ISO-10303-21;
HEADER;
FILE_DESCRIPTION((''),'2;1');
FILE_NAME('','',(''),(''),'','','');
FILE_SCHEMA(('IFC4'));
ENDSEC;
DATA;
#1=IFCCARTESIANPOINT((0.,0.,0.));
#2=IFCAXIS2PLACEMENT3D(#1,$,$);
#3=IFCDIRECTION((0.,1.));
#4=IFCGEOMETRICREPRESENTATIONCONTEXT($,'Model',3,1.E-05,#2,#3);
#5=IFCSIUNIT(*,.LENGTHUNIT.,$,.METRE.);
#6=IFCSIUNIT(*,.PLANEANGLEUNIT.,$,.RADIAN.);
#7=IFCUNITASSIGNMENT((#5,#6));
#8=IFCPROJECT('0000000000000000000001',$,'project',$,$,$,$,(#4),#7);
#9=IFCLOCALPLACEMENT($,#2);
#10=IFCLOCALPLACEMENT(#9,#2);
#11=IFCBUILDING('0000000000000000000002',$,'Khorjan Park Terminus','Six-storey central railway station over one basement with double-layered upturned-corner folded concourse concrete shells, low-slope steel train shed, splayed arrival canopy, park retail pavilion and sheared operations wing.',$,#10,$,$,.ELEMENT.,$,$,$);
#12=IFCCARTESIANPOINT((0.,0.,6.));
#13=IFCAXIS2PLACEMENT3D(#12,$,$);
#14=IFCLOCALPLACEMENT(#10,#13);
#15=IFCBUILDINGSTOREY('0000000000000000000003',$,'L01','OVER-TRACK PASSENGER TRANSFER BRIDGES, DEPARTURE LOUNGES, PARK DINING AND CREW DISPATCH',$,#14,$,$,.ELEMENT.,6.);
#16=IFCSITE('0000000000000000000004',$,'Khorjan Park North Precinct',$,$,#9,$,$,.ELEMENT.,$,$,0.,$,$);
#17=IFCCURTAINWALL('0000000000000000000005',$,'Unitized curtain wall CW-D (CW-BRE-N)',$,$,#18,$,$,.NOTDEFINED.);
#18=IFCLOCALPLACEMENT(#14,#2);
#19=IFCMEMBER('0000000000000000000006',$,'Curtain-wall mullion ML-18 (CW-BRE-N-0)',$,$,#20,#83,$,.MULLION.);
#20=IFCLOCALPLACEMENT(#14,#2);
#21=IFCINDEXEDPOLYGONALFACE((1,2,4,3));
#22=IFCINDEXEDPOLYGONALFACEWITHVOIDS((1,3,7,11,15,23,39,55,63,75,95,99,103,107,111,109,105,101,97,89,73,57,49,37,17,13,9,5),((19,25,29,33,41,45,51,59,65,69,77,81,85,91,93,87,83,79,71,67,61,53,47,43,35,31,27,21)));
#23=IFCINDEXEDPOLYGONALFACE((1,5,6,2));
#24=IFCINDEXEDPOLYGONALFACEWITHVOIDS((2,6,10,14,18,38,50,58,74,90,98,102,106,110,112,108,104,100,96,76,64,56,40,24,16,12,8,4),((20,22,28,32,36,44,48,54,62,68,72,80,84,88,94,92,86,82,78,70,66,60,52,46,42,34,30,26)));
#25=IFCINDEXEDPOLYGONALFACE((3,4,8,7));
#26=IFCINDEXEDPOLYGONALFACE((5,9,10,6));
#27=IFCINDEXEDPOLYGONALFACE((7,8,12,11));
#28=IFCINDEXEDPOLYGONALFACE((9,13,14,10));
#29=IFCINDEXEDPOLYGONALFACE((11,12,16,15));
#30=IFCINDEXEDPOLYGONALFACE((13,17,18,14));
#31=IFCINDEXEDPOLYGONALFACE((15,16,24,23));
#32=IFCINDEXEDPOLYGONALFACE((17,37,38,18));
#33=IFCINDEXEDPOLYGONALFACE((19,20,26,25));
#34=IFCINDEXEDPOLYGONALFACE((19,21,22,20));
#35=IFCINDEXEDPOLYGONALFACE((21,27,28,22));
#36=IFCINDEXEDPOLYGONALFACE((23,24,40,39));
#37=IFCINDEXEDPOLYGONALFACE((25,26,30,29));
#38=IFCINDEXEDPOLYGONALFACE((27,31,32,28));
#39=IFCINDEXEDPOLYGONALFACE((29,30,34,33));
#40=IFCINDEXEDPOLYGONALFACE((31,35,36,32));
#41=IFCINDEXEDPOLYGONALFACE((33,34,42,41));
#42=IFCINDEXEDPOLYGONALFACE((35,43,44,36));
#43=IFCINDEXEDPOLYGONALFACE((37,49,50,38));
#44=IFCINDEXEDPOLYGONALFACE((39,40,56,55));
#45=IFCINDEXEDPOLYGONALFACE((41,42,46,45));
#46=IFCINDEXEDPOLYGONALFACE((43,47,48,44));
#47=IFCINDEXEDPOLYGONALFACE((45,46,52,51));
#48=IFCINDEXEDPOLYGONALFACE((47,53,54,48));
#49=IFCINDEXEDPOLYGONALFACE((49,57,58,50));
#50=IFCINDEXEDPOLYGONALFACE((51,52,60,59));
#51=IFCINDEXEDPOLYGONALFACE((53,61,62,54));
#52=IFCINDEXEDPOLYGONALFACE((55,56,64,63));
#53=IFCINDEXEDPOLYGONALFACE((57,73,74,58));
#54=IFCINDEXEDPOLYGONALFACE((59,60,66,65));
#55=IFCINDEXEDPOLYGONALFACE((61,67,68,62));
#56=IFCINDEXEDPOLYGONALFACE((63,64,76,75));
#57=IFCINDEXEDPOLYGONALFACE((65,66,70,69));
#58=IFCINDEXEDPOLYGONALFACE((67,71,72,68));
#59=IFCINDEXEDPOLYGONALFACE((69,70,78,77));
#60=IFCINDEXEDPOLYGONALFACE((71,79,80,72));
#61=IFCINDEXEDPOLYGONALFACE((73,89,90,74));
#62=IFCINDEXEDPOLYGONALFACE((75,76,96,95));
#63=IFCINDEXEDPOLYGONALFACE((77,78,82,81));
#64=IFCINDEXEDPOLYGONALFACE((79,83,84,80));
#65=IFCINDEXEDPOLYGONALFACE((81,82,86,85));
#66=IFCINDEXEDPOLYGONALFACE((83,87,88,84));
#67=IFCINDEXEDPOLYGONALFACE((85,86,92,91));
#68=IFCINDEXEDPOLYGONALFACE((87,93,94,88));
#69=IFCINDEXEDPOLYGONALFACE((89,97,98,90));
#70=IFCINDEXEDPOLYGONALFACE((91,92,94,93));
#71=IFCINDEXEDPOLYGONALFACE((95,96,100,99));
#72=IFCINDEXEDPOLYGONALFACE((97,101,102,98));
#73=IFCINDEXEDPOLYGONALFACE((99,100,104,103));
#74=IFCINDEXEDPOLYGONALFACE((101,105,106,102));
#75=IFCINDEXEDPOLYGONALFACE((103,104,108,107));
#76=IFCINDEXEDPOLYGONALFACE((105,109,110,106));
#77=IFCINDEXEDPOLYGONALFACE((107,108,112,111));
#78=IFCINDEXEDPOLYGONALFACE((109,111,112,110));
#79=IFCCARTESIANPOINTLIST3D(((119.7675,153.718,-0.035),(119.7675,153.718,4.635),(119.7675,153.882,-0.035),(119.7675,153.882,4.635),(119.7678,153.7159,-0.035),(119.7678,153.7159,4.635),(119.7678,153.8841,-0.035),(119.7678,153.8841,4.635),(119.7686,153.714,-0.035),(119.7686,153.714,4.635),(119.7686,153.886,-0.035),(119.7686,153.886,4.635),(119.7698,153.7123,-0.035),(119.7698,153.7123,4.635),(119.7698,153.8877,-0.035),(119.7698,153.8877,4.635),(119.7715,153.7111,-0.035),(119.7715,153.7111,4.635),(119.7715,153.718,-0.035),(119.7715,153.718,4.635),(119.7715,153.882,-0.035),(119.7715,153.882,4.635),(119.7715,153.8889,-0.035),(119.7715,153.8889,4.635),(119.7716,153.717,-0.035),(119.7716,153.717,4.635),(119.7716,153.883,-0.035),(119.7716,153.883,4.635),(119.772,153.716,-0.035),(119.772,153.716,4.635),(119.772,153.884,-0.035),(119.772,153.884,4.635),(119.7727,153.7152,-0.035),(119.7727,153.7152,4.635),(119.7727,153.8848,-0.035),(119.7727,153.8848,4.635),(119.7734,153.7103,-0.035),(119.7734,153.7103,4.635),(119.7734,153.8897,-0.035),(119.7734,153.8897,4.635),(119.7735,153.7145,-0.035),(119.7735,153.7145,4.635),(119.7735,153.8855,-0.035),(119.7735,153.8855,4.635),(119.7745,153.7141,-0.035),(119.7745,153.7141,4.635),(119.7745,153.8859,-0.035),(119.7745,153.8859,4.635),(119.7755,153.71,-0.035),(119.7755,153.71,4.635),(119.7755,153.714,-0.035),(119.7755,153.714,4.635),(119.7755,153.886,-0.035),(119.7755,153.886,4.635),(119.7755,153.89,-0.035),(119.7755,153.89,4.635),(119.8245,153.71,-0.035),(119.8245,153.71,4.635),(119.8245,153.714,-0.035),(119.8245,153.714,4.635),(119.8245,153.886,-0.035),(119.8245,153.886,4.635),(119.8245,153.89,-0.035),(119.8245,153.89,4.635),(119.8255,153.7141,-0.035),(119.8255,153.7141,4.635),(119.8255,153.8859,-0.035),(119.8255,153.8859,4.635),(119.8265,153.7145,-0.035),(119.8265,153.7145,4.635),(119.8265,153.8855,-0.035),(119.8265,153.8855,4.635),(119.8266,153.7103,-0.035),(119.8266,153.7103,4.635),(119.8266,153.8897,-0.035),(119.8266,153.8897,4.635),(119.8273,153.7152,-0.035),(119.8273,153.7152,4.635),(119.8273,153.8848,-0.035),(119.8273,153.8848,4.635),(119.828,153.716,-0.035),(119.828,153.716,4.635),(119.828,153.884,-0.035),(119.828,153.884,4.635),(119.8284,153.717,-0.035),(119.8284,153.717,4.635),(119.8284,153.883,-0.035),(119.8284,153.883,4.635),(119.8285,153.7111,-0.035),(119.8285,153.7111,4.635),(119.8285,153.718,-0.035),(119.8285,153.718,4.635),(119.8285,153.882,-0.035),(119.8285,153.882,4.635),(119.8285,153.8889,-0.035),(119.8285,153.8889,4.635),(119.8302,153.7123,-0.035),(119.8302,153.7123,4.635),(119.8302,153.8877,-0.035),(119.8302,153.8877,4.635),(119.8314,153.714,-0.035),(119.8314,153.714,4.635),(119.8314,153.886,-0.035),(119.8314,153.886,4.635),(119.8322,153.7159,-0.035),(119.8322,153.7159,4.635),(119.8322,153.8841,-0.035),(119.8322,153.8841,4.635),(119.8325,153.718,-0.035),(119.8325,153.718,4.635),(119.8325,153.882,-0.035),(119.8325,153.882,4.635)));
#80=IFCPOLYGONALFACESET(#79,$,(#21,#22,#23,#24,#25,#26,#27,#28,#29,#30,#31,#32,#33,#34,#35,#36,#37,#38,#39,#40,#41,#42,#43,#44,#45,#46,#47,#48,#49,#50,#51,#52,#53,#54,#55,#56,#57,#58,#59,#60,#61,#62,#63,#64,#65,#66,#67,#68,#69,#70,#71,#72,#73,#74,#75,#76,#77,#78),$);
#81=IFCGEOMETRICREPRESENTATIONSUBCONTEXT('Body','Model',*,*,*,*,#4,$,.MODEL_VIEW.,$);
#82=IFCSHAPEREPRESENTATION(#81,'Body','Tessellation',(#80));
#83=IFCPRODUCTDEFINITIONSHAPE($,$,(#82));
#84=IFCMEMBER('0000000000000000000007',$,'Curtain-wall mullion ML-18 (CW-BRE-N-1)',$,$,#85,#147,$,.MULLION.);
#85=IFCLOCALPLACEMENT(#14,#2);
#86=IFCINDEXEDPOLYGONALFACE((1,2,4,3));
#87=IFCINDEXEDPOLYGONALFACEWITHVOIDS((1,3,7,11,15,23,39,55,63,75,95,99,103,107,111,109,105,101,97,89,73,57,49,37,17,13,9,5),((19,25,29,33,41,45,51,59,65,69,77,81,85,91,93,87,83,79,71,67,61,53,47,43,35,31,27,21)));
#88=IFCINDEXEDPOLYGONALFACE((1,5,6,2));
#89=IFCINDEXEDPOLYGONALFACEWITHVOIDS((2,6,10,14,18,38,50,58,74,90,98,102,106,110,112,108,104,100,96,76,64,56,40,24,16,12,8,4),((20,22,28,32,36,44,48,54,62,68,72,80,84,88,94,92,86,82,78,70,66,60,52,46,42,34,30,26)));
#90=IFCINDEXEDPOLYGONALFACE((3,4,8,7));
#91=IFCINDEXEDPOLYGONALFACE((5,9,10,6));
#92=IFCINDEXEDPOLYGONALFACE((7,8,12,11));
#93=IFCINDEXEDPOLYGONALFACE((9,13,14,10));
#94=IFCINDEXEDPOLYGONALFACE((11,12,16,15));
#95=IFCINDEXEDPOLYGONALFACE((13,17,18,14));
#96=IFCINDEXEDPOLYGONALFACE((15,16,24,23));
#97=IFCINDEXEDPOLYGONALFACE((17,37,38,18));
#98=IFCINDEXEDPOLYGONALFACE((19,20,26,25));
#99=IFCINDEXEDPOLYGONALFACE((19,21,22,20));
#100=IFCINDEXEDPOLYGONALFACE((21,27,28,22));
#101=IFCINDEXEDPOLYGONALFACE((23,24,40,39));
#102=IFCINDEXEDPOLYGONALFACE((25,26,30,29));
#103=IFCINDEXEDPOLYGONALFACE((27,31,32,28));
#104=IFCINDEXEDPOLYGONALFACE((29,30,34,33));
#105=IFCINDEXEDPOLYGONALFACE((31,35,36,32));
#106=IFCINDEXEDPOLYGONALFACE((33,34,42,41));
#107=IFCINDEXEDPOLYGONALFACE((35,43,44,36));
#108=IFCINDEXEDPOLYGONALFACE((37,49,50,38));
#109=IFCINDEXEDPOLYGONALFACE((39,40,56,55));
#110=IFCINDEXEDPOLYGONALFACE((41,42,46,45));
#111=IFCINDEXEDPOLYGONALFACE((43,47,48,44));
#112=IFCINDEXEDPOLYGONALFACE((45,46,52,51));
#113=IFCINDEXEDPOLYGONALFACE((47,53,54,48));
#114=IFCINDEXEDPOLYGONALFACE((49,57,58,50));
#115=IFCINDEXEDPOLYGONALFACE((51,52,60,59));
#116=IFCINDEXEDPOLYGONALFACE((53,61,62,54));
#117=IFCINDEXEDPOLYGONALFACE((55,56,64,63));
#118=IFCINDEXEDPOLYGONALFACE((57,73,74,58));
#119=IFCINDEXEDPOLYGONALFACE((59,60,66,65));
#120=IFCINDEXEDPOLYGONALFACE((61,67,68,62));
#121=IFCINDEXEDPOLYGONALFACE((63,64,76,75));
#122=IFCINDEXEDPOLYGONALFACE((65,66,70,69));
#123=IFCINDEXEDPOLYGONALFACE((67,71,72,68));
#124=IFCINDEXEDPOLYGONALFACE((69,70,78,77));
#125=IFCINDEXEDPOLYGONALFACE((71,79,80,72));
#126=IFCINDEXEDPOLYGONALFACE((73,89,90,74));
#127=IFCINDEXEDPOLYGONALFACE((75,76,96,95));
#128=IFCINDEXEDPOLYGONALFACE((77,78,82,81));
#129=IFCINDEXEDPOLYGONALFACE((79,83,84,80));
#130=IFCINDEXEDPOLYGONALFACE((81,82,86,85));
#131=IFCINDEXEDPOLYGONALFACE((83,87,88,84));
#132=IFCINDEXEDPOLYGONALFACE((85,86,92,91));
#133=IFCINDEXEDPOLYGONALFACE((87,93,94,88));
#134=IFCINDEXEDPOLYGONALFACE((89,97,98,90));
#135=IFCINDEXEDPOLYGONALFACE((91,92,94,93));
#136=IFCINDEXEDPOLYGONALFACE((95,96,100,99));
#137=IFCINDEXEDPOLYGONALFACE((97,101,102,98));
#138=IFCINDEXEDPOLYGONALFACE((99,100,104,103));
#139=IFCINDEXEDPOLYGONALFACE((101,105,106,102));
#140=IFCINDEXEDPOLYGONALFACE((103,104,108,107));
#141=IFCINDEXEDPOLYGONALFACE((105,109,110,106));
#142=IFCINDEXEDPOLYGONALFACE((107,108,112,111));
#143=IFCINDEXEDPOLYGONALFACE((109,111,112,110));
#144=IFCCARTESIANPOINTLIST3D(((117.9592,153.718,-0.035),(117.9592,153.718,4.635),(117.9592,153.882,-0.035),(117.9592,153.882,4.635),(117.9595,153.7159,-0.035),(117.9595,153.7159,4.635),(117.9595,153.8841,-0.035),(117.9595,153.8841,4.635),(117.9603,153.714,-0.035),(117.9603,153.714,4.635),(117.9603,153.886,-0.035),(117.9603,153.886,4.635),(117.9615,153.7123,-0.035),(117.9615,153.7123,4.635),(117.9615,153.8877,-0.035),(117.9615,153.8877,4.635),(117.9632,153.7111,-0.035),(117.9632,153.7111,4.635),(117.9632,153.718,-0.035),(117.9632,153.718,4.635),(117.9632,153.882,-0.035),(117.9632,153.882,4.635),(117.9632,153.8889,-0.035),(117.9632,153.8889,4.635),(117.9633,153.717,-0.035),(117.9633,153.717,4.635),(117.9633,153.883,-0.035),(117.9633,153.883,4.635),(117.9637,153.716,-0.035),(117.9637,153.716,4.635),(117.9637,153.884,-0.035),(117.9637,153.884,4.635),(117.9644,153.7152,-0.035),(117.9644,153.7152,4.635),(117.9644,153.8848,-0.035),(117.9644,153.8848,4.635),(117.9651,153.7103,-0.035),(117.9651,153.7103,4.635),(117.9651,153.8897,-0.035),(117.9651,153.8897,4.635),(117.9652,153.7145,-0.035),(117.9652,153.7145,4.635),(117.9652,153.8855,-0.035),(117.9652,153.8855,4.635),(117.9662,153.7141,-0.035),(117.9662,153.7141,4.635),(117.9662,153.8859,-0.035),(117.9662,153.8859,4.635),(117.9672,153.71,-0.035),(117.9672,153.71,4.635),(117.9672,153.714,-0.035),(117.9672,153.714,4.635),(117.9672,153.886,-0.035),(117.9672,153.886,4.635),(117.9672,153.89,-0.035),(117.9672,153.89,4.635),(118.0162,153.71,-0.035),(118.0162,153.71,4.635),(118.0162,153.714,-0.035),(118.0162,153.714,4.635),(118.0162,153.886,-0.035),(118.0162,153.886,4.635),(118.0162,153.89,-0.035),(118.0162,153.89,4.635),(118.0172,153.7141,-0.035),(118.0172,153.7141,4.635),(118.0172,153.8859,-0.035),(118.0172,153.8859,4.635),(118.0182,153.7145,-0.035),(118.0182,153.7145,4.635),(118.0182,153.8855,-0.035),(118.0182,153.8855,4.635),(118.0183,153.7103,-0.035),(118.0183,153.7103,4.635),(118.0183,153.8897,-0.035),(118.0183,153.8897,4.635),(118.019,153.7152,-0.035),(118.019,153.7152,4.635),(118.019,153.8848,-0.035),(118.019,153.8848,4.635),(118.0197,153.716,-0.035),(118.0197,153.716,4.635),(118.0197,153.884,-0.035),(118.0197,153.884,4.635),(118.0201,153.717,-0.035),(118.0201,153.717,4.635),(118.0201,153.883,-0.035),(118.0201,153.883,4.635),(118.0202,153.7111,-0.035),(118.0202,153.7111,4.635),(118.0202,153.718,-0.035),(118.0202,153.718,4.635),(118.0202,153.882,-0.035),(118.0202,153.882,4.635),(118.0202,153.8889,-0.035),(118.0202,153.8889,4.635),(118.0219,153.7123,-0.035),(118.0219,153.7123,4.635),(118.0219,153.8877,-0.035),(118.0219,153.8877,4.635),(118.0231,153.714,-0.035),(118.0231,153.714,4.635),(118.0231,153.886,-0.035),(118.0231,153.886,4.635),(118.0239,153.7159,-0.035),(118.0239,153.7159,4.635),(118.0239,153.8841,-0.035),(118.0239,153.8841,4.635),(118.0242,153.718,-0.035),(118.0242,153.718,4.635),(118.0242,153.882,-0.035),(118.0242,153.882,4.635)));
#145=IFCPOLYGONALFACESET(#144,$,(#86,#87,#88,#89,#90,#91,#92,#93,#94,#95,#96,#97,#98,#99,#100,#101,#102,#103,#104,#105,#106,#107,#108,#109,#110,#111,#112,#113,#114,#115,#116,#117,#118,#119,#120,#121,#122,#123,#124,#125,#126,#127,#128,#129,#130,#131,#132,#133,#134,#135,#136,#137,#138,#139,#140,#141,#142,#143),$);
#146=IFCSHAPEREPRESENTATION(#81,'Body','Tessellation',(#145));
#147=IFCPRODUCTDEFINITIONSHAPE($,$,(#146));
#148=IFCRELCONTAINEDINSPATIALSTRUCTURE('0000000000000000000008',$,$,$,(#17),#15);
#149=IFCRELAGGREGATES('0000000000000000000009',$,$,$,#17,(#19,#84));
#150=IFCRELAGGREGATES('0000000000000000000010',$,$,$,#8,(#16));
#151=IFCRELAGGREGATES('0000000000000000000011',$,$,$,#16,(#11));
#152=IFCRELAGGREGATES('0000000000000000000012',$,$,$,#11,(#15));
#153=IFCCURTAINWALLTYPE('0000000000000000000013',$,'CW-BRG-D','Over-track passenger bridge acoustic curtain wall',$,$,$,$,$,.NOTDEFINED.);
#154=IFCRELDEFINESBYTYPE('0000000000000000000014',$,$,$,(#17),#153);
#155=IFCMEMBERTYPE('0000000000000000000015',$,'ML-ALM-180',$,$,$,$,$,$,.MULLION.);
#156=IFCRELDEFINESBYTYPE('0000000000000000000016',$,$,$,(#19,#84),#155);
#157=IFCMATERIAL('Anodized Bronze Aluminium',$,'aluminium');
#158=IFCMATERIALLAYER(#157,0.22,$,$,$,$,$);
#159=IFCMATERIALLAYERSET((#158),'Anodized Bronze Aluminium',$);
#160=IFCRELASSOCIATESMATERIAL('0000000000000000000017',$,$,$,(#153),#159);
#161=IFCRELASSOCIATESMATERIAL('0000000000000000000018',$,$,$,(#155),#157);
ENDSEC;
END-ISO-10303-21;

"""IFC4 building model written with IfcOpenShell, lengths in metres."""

from ifc_helpers import new_model, si_unit, direction, frame, origin, origin_2d, place, context, subcontext, project, spatial, hollow_rectangle, extrude, material, layer, layer_set, material_profile, profile_set, type_object, element, aggregate, save


model = new_model("IFC4")

# Units and contexts
model_context = context("Model", 3, precision=1e-05, world=origin(), true_north=direction((0.0, 1.0)))
body_context = subcontext(model_context, "Body", "Model", "MODEL_VIEW")
ifc_project = project(units=[si_unit("LENGTHUNIT", "METRE"), si_unit("PLANEANGLEUNIT", "RADIAN")], contexts=[model_context])

# Site, building, storey
site_placement = place(None, origin())
site = spatial("IfcSite", under=ifc_project, at=site_placement, Name="Khorjan Park North Precinct", CompositionType="ELEMENT", RefElevation=0.0)
building_placement = place(site_placement, origin())
building = spatial("IfcBuilding", under=site, at=building_placement, Name="Khorjan Park Terminus", Description="Six-storey central railway station over one basement with double-layered upturned-corner folded concourse concrete shells, low-slope steel train shed, splayed arrival canopy, park retail pavilion and sheared operations wing.", CompositionType="ELEMENT")
storey_placement = place(building_placement, frame((0.0, 0.0, 6.0)))
storey = spatial("IfcBuildingStorey", under=building, at=storey_placement, Name="L01", Description="OVER-TRACK PASSENGER TRANSFER BRIDGES, DEPARTURE LOUNGES, PARK DINING AND CREW DISPATCH", CompositionType="ELEMENT", Elevation=6.0)

# Curtain wall, members
ifc_material_1 = material(Name="Anodized Bronze Aluminium", Category="aluminium")
ifc_layer_1 = layer(ifc_material_1, 0.22)
ifc_layer_set_1 = layer_set([ifc_layer_1], Name="Anodized Bronze Aluminium")
curtain_wall_type = type_object("IfcCurtainWallType", Name="CW-BRG-D", Description="Over-track passenger bridge acoustic curtain wall", PredefinedType="NOTDEFINED", material=ifc_layer_set_1)
curtain_wall_placement = place(storey_placement, origin())
curtain_wall = element("IfcCurtainWall", 1, at=curtain_wall_placement, inside=storey, type_object=curtain_wall_type, Name="Unitized curtain wall CW-D (CW-BRE-N)", PredefinedType="NOTDEFINED")
ifc_material_profile_1 = material_profile(ifc_material_1, hollow_rectangle(XDim=0.065, YDim=0.18, WallThickness=0.004, InnerFilletRadius=0.004, OuterFilletRadius=0.008, at=origin_2d()), Name="ALM 65x180x4")
ifc_profile_set_1 = profile_set([ifc_material_profile_1], Name="Anodized Bronze Aluminium")
member_type_1 = type_object("IfcMemberType", Name="ML-ALM-180", PredefinedType="MULLION", material=ifc_profile_set_1)
member_1_placement = place(storey_placement, frame((119.8, 153.8, -0.035), z_axis=(0.0, 0.0, 1.0), x_axis=(-1.0, 0.0, 0.0)))
member_1 = element("IfcMember", 2, at=member_1_placement, type_object=member_type_1, Name="Curtain-wall mullion ML-18 (CW-BRE-N-0)", PredefinedType="MULLION", context=body_context, shape_type="SweptSolid", body=[
    extrude(hollow_rectangle(XDim=0.065, YDim=0.18, WallThickness=0.004, InnerFilletRadius=0.004, OuterFilletRadius=0.008, at=origin_2d()), origin(), (0.0, 0.0, 1.0), 4.67),
])
member_2_placement = place(storey_placement, frame((117.9917, 153.8, -0.035), z_axis=(0.0, 0.0, 1.0), x_axis=(-1.0, 0.0, 0.0)))
member_2 = element("IfcMember", 3, at=member_2_placement, type_object=member_type_1, Name="Curtain-wall mullion ML-18 (CW-BRE-N-1)", PredefinedType="MULLION", context=body_context, shape_type="SweptSolid", body=[
    extrude(hollow_rectangle(XDim=0.065, YDim=0.18, WallThickness=0.004, InnerFilletRadius=0.004, OuterFilletRadius=0.008, at=origin_2d()), origin(), (0.0, 0.0, 1.0), 4.67),
])
aggregate(curtain_wall, [member_1, member_2])

save(model, "model.ifc")
